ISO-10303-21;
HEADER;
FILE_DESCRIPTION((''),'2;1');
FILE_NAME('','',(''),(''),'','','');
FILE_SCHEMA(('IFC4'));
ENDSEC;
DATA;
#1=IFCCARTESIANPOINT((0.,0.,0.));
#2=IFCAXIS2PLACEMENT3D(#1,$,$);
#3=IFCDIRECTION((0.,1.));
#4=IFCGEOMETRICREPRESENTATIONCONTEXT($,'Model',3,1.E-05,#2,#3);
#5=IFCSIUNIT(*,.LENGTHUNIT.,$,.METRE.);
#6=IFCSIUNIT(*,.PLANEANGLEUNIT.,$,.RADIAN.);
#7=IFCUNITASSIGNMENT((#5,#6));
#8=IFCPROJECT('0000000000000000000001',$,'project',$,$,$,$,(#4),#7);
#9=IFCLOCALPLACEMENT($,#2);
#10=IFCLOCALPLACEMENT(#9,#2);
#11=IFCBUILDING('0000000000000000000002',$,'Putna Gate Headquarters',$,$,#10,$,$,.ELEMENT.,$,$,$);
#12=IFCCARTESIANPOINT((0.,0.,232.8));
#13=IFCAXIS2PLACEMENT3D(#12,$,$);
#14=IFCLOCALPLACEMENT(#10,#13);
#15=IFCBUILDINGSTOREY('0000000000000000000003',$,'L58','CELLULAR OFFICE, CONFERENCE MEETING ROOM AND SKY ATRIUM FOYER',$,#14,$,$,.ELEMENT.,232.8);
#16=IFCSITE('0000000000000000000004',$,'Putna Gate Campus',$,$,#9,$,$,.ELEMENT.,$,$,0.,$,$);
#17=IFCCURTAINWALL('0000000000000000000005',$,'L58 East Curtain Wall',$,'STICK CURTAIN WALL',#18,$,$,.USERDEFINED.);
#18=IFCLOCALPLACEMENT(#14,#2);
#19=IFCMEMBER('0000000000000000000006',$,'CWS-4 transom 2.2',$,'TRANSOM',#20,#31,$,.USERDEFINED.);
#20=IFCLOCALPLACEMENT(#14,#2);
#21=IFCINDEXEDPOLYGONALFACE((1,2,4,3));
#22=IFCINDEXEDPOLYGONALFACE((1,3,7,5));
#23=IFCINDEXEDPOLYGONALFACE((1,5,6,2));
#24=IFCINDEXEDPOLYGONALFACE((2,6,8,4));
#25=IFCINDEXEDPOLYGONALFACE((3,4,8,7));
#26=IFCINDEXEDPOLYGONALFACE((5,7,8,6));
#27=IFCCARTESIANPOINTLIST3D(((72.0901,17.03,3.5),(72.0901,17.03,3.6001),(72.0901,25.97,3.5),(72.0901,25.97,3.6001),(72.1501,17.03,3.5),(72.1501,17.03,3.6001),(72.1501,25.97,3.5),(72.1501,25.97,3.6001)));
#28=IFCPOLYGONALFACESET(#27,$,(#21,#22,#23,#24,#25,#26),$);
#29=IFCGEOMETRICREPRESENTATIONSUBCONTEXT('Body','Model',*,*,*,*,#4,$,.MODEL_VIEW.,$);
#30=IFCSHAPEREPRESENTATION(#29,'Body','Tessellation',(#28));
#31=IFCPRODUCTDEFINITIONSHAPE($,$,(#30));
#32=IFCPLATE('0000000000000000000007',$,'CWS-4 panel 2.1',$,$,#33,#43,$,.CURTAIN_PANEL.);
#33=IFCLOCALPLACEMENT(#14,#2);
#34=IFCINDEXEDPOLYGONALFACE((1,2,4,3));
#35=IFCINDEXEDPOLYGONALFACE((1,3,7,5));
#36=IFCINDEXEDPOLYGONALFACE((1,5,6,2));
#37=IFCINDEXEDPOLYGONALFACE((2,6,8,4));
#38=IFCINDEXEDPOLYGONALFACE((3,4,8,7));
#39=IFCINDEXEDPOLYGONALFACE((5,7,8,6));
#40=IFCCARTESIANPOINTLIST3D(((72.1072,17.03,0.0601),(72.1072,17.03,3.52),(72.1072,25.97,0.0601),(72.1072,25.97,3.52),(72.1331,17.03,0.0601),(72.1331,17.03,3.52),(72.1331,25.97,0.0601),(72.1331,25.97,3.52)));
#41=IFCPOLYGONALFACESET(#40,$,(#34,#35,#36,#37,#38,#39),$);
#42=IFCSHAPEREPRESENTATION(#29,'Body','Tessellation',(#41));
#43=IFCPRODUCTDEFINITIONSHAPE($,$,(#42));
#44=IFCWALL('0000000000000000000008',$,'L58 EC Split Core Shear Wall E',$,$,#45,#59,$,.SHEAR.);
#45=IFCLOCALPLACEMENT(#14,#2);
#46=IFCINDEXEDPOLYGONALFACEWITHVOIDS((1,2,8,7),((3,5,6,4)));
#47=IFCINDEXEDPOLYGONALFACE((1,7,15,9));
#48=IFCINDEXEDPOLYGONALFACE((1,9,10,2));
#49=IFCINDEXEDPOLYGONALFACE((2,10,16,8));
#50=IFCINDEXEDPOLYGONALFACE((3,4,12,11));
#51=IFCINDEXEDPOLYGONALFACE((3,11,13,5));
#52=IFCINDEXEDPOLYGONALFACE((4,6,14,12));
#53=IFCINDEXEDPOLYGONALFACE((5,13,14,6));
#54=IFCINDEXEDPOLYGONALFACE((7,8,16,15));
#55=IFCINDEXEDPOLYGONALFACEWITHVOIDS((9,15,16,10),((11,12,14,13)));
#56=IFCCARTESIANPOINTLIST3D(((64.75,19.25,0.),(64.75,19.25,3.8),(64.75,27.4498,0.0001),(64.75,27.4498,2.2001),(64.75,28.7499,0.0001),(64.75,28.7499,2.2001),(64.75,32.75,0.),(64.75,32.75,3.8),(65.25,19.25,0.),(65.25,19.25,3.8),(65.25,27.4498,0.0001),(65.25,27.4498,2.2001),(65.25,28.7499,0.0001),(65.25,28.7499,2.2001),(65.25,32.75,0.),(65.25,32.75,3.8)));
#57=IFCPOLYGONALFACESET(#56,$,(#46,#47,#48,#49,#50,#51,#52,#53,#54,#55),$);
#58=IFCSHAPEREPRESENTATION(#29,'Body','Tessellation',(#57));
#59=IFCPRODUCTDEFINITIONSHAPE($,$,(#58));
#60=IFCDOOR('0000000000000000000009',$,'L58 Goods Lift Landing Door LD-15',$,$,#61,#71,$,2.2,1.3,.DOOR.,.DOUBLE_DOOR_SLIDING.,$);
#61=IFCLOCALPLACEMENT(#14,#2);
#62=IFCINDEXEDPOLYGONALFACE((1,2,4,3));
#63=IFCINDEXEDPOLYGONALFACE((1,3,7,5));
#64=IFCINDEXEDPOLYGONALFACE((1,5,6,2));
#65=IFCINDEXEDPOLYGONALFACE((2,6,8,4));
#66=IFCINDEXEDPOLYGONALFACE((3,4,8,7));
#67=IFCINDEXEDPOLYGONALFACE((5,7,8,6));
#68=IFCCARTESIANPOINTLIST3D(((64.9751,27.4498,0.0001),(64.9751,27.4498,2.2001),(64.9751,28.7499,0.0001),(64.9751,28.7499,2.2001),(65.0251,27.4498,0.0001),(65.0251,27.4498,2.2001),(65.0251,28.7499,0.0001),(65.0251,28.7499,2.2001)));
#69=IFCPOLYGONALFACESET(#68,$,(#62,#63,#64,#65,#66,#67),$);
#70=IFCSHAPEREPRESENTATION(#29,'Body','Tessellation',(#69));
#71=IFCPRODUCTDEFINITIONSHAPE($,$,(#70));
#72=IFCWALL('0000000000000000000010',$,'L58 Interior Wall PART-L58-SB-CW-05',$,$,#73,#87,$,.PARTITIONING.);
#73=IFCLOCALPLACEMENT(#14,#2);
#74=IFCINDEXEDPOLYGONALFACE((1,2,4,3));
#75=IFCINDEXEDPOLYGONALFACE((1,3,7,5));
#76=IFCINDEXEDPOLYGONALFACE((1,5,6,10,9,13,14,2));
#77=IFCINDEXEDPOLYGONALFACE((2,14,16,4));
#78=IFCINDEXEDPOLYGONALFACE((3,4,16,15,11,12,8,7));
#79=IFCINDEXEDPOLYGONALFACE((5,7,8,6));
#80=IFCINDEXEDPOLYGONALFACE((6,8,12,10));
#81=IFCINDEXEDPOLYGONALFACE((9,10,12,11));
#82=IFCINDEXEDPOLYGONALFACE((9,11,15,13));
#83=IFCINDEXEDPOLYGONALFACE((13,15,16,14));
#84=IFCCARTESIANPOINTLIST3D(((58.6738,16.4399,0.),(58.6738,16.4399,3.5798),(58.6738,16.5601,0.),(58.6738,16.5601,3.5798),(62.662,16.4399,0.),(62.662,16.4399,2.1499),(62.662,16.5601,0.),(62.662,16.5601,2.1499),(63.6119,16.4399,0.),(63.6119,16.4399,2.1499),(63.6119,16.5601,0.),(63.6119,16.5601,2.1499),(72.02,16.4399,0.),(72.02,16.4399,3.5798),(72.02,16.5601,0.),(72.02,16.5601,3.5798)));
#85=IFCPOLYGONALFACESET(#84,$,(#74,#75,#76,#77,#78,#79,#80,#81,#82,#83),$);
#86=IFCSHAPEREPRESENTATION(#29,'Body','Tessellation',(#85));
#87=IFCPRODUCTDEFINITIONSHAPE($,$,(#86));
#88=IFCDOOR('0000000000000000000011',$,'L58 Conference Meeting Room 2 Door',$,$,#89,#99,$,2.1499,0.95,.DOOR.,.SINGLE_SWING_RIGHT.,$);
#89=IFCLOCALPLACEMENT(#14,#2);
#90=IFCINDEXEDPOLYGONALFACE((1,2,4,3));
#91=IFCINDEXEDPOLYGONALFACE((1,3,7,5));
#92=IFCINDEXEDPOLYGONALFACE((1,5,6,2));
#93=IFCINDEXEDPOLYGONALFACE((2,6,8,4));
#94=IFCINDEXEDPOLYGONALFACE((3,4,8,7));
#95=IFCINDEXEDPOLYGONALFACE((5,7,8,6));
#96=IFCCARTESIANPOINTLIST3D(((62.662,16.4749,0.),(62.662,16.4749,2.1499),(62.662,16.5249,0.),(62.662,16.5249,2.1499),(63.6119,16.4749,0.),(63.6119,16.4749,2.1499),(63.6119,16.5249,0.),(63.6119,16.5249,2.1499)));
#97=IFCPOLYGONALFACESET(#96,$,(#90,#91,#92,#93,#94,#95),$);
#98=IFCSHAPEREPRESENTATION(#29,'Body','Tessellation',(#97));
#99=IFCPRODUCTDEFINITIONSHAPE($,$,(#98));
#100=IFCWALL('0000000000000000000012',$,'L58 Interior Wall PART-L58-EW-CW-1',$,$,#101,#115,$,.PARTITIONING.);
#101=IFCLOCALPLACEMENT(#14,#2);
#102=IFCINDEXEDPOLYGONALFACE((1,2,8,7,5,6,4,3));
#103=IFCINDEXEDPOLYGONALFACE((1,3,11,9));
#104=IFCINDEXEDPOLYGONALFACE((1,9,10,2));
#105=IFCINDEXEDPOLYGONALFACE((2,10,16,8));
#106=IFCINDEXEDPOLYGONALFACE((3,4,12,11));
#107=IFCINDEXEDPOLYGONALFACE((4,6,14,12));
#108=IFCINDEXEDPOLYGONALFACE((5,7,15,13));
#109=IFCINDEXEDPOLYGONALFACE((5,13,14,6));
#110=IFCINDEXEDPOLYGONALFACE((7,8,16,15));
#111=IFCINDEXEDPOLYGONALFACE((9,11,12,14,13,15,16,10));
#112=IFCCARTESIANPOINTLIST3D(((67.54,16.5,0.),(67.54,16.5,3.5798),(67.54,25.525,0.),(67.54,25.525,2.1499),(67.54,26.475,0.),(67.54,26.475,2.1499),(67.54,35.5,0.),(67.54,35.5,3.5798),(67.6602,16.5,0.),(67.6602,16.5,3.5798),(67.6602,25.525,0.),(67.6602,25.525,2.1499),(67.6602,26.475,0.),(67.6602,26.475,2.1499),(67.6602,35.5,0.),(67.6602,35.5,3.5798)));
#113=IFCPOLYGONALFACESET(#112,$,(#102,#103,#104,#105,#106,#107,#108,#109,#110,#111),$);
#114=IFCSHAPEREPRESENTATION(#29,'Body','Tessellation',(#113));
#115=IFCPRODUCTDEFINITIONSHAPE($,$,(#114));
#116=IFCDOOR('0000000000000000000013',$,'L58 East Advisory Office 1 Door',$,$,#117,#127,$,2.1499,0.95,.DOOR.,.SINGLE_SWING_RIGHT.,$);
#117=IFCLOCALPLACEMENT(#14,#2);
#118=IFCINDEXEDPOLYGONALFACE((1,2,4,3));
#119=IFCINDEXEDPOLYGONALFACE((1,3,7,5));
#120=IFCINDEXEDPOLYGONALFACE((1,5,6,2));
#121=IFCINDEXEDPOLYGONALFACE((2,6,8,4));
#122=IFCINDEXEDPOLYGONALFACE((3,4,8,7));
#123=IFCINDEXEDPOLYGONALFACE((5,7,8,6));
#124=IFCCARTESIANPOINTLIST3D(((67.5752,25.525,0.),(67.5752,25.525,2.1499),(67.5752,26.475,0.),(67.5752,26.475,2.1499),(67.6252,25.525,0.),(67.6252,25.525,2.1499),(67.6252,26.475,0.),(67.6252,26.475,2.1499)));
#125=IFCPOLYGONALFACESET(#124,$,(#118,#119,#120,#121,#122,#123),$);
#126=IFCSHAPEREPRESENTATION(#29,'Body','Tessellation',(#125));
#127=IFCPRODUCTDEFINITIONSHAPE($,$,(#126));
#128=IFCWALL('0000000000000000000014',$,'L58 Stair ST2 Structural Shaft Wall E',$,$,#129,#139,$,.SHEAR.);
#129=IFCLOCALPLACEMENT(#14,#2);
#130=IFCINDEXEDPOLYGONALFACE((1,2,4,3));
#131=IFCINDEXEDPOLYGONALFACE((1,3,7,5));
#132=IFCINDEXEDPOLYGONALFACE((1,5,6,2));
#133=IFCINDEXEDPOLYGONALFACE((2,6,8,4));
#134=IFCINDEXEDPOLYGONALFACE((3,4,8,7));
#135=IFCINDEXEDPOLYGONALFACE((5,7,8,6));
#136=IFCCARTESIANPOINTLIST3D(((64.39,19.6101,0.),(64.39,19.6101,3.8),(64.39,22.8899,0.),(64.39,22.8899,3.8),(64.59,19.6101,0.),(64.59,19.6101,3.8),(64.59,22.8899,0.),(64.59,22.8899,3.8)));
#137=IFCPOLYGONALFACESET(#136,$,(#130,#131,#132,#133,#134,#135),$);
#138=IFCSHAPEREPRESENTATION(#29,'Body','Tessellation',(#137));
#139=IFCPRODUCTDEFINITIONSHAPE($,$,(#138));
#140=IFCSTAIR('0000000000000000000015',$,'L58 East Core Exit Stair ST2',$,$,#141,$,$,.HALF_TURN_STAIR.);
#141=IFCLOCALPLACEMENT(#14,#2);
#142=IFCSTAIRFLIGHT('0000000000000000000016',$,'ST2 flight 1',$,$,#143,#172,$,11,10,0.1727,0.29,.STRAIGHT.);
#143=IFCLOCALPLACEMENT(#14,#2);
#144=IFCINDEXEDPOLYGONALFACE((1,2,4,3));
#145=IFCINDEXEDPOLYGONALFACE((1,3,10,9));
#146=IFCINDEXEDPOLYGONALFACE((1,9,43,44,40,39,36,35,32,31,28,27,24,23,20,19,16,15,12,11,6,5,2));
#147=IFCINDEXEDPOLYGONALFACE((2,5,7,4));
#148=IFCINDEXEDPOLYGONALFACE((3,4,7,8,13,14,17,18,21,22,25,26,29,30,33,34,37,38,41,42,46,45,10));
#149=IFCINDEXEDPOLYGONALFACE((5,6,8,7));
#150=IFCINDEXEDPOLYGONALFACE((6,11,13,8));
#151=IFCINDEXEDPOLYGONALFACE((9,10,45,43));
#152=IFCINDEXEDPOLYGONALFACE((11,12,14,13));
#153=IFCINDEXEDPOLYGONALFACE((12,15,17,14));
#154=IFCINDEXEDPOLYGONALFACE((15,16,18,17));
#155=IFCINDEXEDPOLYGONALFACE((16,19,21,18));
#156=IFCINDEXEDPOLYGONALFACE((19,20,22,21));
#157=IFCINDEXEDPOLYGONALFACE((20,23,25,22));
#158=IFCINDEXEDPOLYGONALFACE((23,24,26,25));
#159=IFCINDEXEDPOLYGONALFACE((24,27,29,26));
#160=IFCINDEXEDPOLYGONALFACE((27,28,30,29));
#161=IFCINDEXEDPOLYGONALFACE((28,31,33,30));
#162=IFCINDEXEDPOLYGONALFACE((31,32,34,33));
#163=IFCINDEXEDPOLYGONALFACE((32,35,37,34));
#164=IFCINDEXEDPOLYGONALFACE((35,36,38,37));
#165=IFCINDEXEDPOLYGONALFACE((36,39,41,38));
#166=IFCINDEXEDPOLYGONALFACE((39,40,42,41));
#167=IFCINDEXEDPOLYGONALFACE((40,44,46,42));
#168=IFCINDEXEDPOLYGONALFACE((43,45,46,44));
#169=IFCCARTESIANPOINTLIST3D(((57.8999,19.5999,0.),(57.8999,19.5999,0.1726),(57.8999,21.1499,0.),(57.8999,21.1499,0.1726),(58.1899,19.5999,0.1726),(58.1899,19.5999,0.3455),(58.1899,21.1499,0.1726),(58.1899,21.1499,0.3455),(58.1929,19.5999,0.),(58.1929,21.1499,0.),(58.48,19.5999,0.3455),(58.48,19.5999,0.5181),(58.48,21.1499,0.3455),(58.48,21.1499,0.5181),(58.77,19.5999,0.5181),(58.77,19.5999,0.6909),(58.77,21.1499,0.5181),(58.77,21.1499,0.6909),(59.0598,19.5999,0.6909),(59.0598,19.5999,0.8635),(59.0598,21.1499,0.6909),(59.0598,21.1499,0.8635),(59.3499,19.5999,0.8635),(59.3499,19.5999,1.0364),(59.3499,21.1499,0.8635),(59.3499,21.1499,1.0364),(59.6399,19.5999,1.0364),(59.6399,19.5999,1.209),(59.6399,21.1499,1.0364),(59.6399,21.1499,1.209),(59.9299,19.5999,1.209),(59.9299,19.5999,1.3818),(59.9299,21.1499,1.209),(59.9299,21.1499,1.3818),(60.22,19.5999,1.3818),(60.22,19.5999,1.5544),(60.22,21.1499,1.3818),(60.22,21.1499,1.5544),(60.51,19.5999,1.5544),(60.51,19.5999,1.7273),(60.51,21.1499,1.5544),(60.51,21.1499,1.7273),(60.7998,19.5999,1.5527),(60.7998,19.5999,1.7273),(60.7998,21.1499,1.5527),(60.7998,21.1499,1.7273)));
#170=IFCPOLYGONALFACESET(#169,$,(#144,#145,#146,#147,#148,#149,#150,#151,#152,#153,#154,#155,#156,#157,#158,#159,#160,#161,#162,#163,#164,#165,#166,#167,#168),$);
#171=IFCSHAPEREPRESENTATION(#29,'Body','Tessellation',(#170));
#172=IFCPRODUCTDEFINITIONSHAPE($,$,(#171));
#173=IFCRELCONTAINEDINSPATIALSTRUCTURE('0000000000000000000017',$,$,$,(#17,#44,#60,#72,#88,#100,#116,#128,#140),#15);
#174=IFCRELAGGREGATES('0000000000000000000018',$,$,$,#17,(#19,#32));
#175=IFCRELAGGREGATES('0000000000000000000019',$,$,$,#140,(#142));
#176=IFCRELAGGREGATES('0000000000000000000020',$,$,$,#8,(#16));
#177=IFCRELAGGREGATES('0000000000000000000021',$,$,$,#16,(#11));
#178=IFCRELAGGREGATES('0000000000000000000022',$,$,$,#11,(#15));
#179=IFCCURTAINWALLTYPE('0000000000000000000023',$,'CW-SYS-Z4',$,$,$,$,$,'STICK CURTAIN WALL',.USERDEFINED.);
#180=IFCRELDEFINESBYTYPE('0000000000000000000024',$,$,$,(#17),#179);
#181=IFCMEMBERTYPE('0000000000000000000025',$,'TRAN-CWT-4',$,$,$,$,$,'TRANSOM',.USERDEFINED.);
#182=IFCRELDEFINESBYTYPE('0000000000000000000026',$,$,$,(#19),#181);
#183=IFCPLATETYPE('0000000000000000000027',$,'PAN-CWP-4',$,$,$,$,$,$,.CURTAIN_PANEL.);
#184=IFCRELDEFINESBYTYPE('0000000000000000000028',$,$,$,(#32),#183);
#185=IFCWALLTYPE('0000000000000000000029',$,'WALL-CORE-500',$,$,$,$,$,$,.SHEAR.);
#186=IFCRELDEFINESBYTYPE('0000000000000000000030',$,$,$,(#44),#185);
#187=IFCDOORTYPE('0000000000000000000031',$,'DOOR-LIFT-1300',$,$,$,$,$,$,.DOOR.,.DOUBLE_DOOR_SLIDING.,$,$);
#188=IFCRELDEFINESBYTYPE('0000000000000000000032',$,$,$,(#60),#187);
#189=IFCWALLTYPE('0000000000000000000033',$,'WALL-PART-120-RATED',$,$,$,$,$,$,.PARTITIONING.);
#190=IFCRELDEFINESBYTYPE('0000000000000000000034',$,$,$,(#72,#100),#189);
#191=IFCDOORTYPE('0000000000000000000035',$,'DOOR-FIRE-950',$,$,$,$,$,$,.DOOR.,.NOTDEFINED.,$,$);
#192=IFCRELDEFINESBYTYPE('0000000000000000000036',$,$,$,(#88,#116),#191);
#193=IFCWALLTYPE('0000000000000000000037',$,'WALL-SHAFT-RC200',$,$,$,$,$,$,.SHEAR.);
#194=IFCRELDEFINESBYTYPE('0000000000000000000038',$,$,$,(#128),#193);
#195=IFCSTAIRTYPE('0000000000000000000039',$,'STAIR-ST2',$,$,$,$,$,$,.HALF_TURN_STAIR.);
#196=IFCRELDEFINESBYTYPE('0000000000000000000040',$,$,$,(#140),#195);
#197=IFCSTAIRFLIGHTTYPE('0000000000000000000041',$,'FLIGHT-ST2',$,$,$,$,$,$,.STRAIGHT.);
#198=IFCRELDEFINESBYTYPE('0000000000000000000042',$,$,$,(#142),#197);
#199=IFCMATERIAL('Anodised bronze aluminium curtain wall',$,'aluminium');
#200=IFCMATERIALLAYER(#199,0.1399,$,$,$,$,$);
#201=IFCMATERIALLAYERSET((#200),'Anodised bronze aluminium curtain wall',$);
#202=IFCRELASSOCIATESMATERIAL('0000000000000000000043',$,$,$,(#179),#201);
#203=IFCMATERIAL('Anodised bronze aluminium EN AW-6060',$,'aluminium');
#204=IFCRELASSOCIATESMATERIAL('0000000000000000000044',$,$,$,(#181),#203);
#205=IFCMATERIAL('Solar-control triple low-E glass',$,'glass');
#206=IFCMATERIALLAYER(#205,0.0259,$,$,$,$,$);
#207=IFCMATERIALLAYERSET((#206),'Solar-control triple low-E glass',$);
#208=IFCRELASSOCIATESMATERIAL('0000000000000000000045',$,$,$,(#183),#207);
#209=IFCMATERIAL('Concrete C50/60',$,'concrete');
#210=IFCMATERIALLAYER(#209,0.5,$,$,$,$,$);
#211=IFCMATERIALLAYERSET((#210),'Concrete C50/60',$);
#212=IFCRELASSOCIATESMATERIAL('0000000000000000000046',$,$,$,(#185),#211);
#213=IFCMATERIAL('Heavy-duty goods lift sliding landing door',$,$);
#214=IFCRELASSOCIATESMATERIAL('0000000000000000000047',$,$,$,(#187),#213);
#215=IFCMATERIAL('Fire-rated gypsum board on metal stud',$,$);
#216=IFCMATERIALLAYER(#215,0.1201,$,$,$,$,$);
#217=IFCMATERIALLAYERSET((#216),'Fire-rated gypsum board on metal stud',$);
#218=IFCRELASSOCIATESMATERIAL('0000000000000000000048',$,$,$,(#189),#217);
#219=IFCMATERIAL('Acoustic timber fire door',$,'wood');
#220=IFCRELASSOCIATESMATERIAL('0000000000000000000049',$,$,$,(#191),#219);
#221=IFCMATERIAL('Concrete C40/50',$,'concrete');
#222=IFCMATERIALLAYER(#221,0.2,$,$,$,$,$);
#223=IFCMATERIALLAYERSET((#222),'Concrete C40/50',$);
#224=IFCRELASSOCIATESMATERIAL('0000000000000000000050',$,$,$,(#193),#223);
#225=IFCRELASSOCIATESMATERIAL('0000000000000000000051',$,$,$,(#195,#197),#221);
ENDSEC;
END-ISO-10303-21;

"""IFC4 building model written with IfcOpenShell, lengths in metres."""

from ifc_helpers import new_model, si_unit, direction, frame, frame_2d, origin, origin_2d, place, context, subcontext, project, spatial, polyline, rectangle, outline, extrude, material, layer, layer_set, material_profile, profile_set, type_object, element, fill, aggregate, save


model = new_model("IFC4")

# Units and contexts
model_context = context("Model", 3, precision=1e-05, world=origin(), true_north=direction((0.0, 1.0)))
body_context = subcontext(model_context, "Body", "Model", "MODEL_VIEW")
ifc_project = project(units=[si_unit("LENGTHUNIT", "METRE"), si_unit("PLANEANGLEUNIT", "RADIAN")], contexts=[model_context])

# Site, building, storey
site_placement = place(None, origin())
site = spatial("IfcSite", under=ifc_project, at=site_placement, Name="Putna Gate Campus", CompositionType="ELEMENT", RefElevation=0.0)
building_placement = place(site_placement, origin())
building = spatial("IfcBuilding", under=site, at=building_placement, Name="Putna Gate Headquarters", CompositionType="ELEMENT")
storey_placement = place(building_placement, frame((0.0, 0.0, 232.8)))
storey = spatial("IfcBuildingStorey", under=building, at=storey_placement, Name="L58", Description="CELLULAR OFFICE, CONFERENCE MEETING ROOM AND SKY ATRIUM FOYER", CompositionType="ELEMENT", Elevation=232.8)

# Curtain wall, member, plate
ifc_material_1 = material(Name="Anodised bronze aluminium curtain wall", Category="aluminium")
ifc_layer_1 = layer(ifc_material_1, 0.1399)
ifc_layer_set_1 = layer_set([ifc_layer_1], Name="Anodised bronze aluminium curtain wall")
curtain_wall_type = type_object("IfcCurtainWallType", Name="CW-SYS-Z4", ElementType="STICK CURTAIN WALL", PredefinedType="USERDEFINED", material=ifc_layer_set_1)
curtain_wall_placement = place(storey_placement, origin())
curtain_wall = element("IfcCurtainWall", 1, at=curtain_wall_placement, inside=storey, type_object=curtain_wall_type, Name="L58 East Curtain Wall", ObjectType="STICK CURTAIN WALL", PredefinedType="USERDEFINED")
ifc_material_2 = material(Name="Anodised bronze aluminium EN AW-6060", Category="aluminium")
ifc_material_profile_1 = material_profile(ifc_material_2, rectangle(XDim=0.0601, YDim=0.1001, at=origin_2d()), Name="Anodised bronze aluminium EN AW-6060")
ifc_profile_set_1 = profile_set([ifc_material_profile_1], Name="Anodised bronze aluminium EN AW-6060")
member_type_1 = type_object("IfcMemberType", Name="TRAN-CWT-4", ElementType="TRANSOM", PredefinedType="USERDEFINED", material=ifc_profile_set_1)
member_1_placement = place(storey_placement, frame((72.1201, 17.03, 3.55), z_axis=(0.0, 1.0, 0.0), x_axis=(-1.0, 0.0, 0.0)))
member_1 = element("IfcMember", 2, at=member_1_placement, type_object=member_type_1, Name="CWS-4 transom 2.2", ObjectType="TRANSOM", PredefinedType="USERDEFINED", context=body_context, shape_type="SweptSolid", body=[
    extrude(rectangle(XDim=0.0601, YDim=0.1001, at=origin_2d()), origin(), (0.0, 0.0, 1.0), 8.9399),
])
ifc_material_3 = material(Name="Solar-control triple low-E glass", Category="glass")
ifc_layer_2 = layer(ifc_material_3, 0.0259)
ifc_layer_set_2 = layer_set([ifc_layer_2], Name="Solar-control triple low-E glass")
plate_type = type_object("IfcPlateType", Name="PAN-CWP-4", PredefinedType="CURTAIN_PANEL", material=ifc_layer_set_2)
plate_placement = place(storey_placement, frame((72.1201, 21.5, 0.0601), z_axis=(0.0, 0.0, 1.0), x_axis=(0.0, 1.0, 0.0)))
plate = element("IfcPlate", 3, at=plate_placement, type_object=plate_type, Name="CWS-4 panel 2.1", PredefinedType="CURTAIN_PANEL", context=body_context, shape_type="SweptSolid", body=[
    extrude(rectangle(XDim=8.9399, YDim=0.0259, at=origin_2d()), origin(), (0.0, 0.0, 1.0), 3.46),
])
aggregate(curtain_wall, [member_1, plate])

# Walls, openings, doors
ifc_material_4 = material(Name="Concrete C50/60", Category="concrete")
ifc_layer_3 = layer(ifc_material_4, 0.5)
ifc_layer_set_3 = layer_set([ifc_layer_3], Name="Concrete C50/60")
wall_type_1 = type_object("IfcWallType", Name="WALL-CORE-500", PredefinedType="SHEAR", material=ifc_layer_set_3)
wall_1_placement = place(storey_placement, frame((65.0, 19.25, 0.0), z_axis=(0.0, 0.0, 1.0), x_axis=(0.0, 1.0, 0.0)))
wall_1 = element("IfcWall", 4, at=wall_1_placement, inside=storey, type_object=wall_type_1, Name="L58 EC Split Core Shear Wall E", PredefinedType="SHEAR", context=body_context, shape_type="SweptSolid", body=[
    extrude(rectangle(XDim=13.5, YDim=0.5, at=frame_2d((6.75, 0.0))), origin(), (0.0, 0.0, 1.0), 3.8),
])
opening_1_placement = place(wall_1_placement, frame((8.2, 0.0, 0.0)))
opening_1 = element("IfcOpeningElement", 5, at=opening_1_placement, cuts=wall_1, PredefinedType="OPENING", context=body_context, shape_type="SweptSolid", body=[
    extrude(rectangle(XDim=1.3, YDim=2.2, at=frame_2d((0.6499, 1.1001))), frame((0.0, 0.26, 0.0), z_axis=(0.0, -1.0, 0.0), x_axis=(1.0, 0.0, 0.0)), (0.0, 0.0, 1.0), 0.52),
])
ifc_material_5 = material(Name="Heavy-duty goods lift sliding landing door")
door_type_1 = type_object("IfcDoorType", Name="DOOR-LIFT-1300", OperationType="DOUBLE_DOOR_SLIDING", PredefinedType="DOOR", material=ifc_material_5)
door_1_placement = place(opening_1_placement, origin())
door_1 = element("IfcDoor", 6, at=door_1_placement, inside=storey, type_object=door_type_1, Name="L58 Goods Lift Landing Door LD-15", OperationType="DOUBLE_DOOR_SLIDING", OverallHeight=2.2, OverallWidth=1.3, PredefinedType="DOOR", context=body_context, shape_type="SweptSolid", body=[
    extrude(rectangle(XDim=1.3, YDim=2.2, at=frame_2d((0.6499, 1.1001))), frame((0.0, 0.0249, 0.0), z_axis=(0.0, -1.0, 0.0), x_axis=(1.0, 0.0, 0.0)), (0.0, 0.0, 1.0), 0.05),
])
fill(opening_1, door_1)
ifc_material_6 = material(Name="Fire-rated gypsum board on metal stud")
ifc_layer_4 = layer(ifc_material_6, 0.1201)
ifc_layer_set_4 = layer_set([ifc_layer_4], Name="Fire-rated gypsum board on metal stud")
wall_type_2 = type_object("IfcWallType", Name="WALL-PART-120-RATED", PredefinedType="PARTITIONING", material=ifc_layer_set_4)
wall_2_placement = place(storey_placement, frame((58.6738, 16.5, 0.0), z_axis=(0.0, 0.0, 1.0), x_axis=(1.0, 0.0, 0.0)))
wall_2 = element("IfcWall", 7, at=wall_2_placement, inside=storey, type_object=wall_type_2, Name="L58 Interior Wall PART-L58-SB-CW-05", PredefinedType="PARTITIONING", context=body_context, shape_type="SweptSolid", body=[
    extrude(rectangle(XDim=13.3462, YDim=0.1201, at=frame_2d((6.6731, 0.0))), origin(), (0.0, 0.0, 1.0), 3.5798),
])
opening_2_placement = place(wall_2_placement, frame((3.988, 0.0, 0.0)))
opening_2 = element("IfcOpeningElement", 8, at=opening_2_placement, cuts=wall_2, PredefinedType="OPENING", context=body_context, shape_type="SweptSolid", body=[
    extrude(rectangle(XDim=0.95, YDim=2.1499, at=frame_2d((0.4751, 1.075))), frame((0.0, 0.0701, 0.0), z_axis=(0.0, -1.0, 0.0), x_axis=(1.0, 0.0, 0.0)), (0.0, 0.0, 1.0), 0.1401),
])
ifc_material_7 = material(Name="Acoustic timber fire door", Category="wood")
door_type_2 = type_object("IfcDoorType", Name="DOOR-FIRE-950", OperationType="NOTDEFINED", PredefinedType="DOOR", material=ifc_material_7)
door_2_placement = place(opening_2_placement, origin())
door_2 = element("IfcDoor", 9, at=door_2_placement, inside=storey, type_object=door_type_2, Name="L58 Conference Meeting Room 2 Door", OperationType="SINGLE_SWING_RIGHT", OverallHeight=2.1499, OverallWidth=0.95, PredefinedType="DOOR", context=body_context, shape_type="SweptSolid", body=[
    extrude(rectangle(XDim=0.95, YDim=2.1499, at=frame_2d((0.4751, 1.075))), frame((0.0, 0.0249, 0.0), z_axis=(0.0, -1.0, 0.0), x_axis=(1.0, 0.0, 0.0)), (0.0, 0.0, 1.0), 0.05),
])
fill(opening_2, door_2)
wall_3_placement = place(storey_placement, frame((67.6001, 16.5, 0.0), z_axis=(0.0, 0.0, 1.0), x_axis=(0.0, 1.0, 0.0)))
wall_3 = element("IfcWall", 10, at=wall_3_placement, inside=storey, type_object=wall_type_2, Name="L58 Interior Wall PART-L58-EW-CW-1", PredefinedType="PARTITIONING", context=body_context, shape_type="SweptSolid", body=[
    extrude(rectangle(XDim=19.0, YDim=0.1201, at=frame_2d((9.5, 0.0))), origin(), (0.0, 0.0, 1.0), 3.5798),
])
opening_3_placement = place(wall_3_placement, frame((9.0249, 0.0, 0.0)))
opening_3 = element("IfcOpeningElement", 11, at=opening_3_placement, cuts=wall_3, PredefinedType="OPENING", context=body_context, shape_type="SweptSolid", body=[
    extrude(rectangle(XDim=0.95, YDim=2.1499, at=frame_2d((0.4751, 1.075))), frame((0.0, 0.0701, 0.0), z_axis=(0.0, -1.0, 0.0), x_axis=(1.0, 0.0, 0.0)), (0.0, 0.0, 1.0), 0.1401),
])
door_3_placement = place(opening_3_placement, origin())
door_3 = element("IfcDoor", 12, at=door_3_placement, inside=storey, type_object=door_type_2, Name="L58 East Advisory Office 1 Door", OperationType="SINGLE_SWING_RIGHT", OverallHeight=2.1499, OverallWidth=0.95, PredefinedType="DOOR", context=body_context, shape_type="SweptSolid", body=[
    extrude(rectangle(XDim=0.95, YDim=2.1499, at=frame_2d((0.4751, 1.075))), frame((0.0, 0.0249, 0.0), z_axis=(0.0, -1.0, 0.0), x_axis=(1.0, 0.0, 0.0)), (0.0, 0.0, 1.0), 0.05),
])
fill(opening_3, door_3)

# Wall
ifc_material_8 = material(Name="Concrete C40/50", Category="concrete")
ifc_layer_5 = layer(ifc_material_8, 0.2)
ifc_layer_set_5 = layer_set([ifc_layer_5], Name="Concrete C40/50")
wall_type_3 = type_object("IfcWallType", Name="WALL-SHAFT-RC200", PredefinedType="SHEAR", material=ifc_layer_set_5)
wall_4_placement = place(storey_placement, frame((64.49, 19.6101, 0.0), z_axis=(0.0, 0.0, 1.0), x_axis=(0.0, 1.0, 0.0)))
element("IfcWall", 13, at=wall_4_placement, inside=storey, type_object=wall_type_3, Name="L58 Stair ST2 Structural Shaft Wall E", PredefinedType="SHEAR", context=body_context, shape_type="SweptSolid", body=[
    extrude(rectangle(XDim=3.2798, YDim=0.2, at=frame_2d((1.6399, 0.0))), origin(), (0.0, 0.0, 1.0), 3.8),
])

# Stair, stair flight
stair_type = type_object("IfcStairType", Name="STAIR-ST2", PredefinedType="HALF_TURN_STAIR", material=ifc_material_8)
stair_placement = place(storey_placement, origin())
stair = element("IfcStair", 14, at=stair_placement, inside=storey, type_object=stair_type, Name="L58 East Core Exit Stair ST2", PredefinedType="HALF_TURN_STAIR")
stair_flight_type = type_object("IfcStairFlightType", Name="FLIGHT-ST2", PredefinedType="STRAIGHT", material=ifc_material_8)
stair_flight_1_placement = place(storey_placement, frame((57.8999, 20.375, 0.0), z_axis=(0.0, 0.0, 1.0), x_axis=(1.0, 0.0, 0.0)))
stair_flight_1 = element("IfcStairFlight", 15, at=stair_flight_1_placement, type_object=stair_flight_type, Name="ST2 flight 1", NumberOfRisers=11, NumberOfTreads=10, PredefinedType="STRAIGHT", RiserHeight=0.1727, TreadLength=0.29, context=body_context, shape_type="SweptSolid", body=[
    extrude(outline(polyline([(0.0, 0.0), (0.0, 0.1726), (0.29, 0.1726), (0.29, 0.3455), (0.5801, 0.3455), (0.5801, 0.5181), (0.8701, 0.5181), (0.8701, 0.6909), (1.1599, 0.6909), (1.1599, 0.8635), (1.45, 0.8635), (1.45, 1.0364), (1.74, 1.0364), (1.74, 1.209), (2.03, 1.209), (2.03, 1.3818), (2.3201, 1.3818), (2.3201, 1.5544), (2.6101, 1.5544), (2.6101, 1.7273), (2.8999, 1.7273), (2.8999, 1.8999), (2.8999, 1.5527), (0.293, 0.0), (0.0, 0.0)])), frame((0.0, 0.7749, 0.0), z_axis=(0.0, -1.0, 0.0), x_axis=(1.0, 0.0, 0.0)), (0.0, 0.0, 1.0), 1.55),
])
aggregate(stair, [stair_flight_1])

save(model, "model.ifc")
